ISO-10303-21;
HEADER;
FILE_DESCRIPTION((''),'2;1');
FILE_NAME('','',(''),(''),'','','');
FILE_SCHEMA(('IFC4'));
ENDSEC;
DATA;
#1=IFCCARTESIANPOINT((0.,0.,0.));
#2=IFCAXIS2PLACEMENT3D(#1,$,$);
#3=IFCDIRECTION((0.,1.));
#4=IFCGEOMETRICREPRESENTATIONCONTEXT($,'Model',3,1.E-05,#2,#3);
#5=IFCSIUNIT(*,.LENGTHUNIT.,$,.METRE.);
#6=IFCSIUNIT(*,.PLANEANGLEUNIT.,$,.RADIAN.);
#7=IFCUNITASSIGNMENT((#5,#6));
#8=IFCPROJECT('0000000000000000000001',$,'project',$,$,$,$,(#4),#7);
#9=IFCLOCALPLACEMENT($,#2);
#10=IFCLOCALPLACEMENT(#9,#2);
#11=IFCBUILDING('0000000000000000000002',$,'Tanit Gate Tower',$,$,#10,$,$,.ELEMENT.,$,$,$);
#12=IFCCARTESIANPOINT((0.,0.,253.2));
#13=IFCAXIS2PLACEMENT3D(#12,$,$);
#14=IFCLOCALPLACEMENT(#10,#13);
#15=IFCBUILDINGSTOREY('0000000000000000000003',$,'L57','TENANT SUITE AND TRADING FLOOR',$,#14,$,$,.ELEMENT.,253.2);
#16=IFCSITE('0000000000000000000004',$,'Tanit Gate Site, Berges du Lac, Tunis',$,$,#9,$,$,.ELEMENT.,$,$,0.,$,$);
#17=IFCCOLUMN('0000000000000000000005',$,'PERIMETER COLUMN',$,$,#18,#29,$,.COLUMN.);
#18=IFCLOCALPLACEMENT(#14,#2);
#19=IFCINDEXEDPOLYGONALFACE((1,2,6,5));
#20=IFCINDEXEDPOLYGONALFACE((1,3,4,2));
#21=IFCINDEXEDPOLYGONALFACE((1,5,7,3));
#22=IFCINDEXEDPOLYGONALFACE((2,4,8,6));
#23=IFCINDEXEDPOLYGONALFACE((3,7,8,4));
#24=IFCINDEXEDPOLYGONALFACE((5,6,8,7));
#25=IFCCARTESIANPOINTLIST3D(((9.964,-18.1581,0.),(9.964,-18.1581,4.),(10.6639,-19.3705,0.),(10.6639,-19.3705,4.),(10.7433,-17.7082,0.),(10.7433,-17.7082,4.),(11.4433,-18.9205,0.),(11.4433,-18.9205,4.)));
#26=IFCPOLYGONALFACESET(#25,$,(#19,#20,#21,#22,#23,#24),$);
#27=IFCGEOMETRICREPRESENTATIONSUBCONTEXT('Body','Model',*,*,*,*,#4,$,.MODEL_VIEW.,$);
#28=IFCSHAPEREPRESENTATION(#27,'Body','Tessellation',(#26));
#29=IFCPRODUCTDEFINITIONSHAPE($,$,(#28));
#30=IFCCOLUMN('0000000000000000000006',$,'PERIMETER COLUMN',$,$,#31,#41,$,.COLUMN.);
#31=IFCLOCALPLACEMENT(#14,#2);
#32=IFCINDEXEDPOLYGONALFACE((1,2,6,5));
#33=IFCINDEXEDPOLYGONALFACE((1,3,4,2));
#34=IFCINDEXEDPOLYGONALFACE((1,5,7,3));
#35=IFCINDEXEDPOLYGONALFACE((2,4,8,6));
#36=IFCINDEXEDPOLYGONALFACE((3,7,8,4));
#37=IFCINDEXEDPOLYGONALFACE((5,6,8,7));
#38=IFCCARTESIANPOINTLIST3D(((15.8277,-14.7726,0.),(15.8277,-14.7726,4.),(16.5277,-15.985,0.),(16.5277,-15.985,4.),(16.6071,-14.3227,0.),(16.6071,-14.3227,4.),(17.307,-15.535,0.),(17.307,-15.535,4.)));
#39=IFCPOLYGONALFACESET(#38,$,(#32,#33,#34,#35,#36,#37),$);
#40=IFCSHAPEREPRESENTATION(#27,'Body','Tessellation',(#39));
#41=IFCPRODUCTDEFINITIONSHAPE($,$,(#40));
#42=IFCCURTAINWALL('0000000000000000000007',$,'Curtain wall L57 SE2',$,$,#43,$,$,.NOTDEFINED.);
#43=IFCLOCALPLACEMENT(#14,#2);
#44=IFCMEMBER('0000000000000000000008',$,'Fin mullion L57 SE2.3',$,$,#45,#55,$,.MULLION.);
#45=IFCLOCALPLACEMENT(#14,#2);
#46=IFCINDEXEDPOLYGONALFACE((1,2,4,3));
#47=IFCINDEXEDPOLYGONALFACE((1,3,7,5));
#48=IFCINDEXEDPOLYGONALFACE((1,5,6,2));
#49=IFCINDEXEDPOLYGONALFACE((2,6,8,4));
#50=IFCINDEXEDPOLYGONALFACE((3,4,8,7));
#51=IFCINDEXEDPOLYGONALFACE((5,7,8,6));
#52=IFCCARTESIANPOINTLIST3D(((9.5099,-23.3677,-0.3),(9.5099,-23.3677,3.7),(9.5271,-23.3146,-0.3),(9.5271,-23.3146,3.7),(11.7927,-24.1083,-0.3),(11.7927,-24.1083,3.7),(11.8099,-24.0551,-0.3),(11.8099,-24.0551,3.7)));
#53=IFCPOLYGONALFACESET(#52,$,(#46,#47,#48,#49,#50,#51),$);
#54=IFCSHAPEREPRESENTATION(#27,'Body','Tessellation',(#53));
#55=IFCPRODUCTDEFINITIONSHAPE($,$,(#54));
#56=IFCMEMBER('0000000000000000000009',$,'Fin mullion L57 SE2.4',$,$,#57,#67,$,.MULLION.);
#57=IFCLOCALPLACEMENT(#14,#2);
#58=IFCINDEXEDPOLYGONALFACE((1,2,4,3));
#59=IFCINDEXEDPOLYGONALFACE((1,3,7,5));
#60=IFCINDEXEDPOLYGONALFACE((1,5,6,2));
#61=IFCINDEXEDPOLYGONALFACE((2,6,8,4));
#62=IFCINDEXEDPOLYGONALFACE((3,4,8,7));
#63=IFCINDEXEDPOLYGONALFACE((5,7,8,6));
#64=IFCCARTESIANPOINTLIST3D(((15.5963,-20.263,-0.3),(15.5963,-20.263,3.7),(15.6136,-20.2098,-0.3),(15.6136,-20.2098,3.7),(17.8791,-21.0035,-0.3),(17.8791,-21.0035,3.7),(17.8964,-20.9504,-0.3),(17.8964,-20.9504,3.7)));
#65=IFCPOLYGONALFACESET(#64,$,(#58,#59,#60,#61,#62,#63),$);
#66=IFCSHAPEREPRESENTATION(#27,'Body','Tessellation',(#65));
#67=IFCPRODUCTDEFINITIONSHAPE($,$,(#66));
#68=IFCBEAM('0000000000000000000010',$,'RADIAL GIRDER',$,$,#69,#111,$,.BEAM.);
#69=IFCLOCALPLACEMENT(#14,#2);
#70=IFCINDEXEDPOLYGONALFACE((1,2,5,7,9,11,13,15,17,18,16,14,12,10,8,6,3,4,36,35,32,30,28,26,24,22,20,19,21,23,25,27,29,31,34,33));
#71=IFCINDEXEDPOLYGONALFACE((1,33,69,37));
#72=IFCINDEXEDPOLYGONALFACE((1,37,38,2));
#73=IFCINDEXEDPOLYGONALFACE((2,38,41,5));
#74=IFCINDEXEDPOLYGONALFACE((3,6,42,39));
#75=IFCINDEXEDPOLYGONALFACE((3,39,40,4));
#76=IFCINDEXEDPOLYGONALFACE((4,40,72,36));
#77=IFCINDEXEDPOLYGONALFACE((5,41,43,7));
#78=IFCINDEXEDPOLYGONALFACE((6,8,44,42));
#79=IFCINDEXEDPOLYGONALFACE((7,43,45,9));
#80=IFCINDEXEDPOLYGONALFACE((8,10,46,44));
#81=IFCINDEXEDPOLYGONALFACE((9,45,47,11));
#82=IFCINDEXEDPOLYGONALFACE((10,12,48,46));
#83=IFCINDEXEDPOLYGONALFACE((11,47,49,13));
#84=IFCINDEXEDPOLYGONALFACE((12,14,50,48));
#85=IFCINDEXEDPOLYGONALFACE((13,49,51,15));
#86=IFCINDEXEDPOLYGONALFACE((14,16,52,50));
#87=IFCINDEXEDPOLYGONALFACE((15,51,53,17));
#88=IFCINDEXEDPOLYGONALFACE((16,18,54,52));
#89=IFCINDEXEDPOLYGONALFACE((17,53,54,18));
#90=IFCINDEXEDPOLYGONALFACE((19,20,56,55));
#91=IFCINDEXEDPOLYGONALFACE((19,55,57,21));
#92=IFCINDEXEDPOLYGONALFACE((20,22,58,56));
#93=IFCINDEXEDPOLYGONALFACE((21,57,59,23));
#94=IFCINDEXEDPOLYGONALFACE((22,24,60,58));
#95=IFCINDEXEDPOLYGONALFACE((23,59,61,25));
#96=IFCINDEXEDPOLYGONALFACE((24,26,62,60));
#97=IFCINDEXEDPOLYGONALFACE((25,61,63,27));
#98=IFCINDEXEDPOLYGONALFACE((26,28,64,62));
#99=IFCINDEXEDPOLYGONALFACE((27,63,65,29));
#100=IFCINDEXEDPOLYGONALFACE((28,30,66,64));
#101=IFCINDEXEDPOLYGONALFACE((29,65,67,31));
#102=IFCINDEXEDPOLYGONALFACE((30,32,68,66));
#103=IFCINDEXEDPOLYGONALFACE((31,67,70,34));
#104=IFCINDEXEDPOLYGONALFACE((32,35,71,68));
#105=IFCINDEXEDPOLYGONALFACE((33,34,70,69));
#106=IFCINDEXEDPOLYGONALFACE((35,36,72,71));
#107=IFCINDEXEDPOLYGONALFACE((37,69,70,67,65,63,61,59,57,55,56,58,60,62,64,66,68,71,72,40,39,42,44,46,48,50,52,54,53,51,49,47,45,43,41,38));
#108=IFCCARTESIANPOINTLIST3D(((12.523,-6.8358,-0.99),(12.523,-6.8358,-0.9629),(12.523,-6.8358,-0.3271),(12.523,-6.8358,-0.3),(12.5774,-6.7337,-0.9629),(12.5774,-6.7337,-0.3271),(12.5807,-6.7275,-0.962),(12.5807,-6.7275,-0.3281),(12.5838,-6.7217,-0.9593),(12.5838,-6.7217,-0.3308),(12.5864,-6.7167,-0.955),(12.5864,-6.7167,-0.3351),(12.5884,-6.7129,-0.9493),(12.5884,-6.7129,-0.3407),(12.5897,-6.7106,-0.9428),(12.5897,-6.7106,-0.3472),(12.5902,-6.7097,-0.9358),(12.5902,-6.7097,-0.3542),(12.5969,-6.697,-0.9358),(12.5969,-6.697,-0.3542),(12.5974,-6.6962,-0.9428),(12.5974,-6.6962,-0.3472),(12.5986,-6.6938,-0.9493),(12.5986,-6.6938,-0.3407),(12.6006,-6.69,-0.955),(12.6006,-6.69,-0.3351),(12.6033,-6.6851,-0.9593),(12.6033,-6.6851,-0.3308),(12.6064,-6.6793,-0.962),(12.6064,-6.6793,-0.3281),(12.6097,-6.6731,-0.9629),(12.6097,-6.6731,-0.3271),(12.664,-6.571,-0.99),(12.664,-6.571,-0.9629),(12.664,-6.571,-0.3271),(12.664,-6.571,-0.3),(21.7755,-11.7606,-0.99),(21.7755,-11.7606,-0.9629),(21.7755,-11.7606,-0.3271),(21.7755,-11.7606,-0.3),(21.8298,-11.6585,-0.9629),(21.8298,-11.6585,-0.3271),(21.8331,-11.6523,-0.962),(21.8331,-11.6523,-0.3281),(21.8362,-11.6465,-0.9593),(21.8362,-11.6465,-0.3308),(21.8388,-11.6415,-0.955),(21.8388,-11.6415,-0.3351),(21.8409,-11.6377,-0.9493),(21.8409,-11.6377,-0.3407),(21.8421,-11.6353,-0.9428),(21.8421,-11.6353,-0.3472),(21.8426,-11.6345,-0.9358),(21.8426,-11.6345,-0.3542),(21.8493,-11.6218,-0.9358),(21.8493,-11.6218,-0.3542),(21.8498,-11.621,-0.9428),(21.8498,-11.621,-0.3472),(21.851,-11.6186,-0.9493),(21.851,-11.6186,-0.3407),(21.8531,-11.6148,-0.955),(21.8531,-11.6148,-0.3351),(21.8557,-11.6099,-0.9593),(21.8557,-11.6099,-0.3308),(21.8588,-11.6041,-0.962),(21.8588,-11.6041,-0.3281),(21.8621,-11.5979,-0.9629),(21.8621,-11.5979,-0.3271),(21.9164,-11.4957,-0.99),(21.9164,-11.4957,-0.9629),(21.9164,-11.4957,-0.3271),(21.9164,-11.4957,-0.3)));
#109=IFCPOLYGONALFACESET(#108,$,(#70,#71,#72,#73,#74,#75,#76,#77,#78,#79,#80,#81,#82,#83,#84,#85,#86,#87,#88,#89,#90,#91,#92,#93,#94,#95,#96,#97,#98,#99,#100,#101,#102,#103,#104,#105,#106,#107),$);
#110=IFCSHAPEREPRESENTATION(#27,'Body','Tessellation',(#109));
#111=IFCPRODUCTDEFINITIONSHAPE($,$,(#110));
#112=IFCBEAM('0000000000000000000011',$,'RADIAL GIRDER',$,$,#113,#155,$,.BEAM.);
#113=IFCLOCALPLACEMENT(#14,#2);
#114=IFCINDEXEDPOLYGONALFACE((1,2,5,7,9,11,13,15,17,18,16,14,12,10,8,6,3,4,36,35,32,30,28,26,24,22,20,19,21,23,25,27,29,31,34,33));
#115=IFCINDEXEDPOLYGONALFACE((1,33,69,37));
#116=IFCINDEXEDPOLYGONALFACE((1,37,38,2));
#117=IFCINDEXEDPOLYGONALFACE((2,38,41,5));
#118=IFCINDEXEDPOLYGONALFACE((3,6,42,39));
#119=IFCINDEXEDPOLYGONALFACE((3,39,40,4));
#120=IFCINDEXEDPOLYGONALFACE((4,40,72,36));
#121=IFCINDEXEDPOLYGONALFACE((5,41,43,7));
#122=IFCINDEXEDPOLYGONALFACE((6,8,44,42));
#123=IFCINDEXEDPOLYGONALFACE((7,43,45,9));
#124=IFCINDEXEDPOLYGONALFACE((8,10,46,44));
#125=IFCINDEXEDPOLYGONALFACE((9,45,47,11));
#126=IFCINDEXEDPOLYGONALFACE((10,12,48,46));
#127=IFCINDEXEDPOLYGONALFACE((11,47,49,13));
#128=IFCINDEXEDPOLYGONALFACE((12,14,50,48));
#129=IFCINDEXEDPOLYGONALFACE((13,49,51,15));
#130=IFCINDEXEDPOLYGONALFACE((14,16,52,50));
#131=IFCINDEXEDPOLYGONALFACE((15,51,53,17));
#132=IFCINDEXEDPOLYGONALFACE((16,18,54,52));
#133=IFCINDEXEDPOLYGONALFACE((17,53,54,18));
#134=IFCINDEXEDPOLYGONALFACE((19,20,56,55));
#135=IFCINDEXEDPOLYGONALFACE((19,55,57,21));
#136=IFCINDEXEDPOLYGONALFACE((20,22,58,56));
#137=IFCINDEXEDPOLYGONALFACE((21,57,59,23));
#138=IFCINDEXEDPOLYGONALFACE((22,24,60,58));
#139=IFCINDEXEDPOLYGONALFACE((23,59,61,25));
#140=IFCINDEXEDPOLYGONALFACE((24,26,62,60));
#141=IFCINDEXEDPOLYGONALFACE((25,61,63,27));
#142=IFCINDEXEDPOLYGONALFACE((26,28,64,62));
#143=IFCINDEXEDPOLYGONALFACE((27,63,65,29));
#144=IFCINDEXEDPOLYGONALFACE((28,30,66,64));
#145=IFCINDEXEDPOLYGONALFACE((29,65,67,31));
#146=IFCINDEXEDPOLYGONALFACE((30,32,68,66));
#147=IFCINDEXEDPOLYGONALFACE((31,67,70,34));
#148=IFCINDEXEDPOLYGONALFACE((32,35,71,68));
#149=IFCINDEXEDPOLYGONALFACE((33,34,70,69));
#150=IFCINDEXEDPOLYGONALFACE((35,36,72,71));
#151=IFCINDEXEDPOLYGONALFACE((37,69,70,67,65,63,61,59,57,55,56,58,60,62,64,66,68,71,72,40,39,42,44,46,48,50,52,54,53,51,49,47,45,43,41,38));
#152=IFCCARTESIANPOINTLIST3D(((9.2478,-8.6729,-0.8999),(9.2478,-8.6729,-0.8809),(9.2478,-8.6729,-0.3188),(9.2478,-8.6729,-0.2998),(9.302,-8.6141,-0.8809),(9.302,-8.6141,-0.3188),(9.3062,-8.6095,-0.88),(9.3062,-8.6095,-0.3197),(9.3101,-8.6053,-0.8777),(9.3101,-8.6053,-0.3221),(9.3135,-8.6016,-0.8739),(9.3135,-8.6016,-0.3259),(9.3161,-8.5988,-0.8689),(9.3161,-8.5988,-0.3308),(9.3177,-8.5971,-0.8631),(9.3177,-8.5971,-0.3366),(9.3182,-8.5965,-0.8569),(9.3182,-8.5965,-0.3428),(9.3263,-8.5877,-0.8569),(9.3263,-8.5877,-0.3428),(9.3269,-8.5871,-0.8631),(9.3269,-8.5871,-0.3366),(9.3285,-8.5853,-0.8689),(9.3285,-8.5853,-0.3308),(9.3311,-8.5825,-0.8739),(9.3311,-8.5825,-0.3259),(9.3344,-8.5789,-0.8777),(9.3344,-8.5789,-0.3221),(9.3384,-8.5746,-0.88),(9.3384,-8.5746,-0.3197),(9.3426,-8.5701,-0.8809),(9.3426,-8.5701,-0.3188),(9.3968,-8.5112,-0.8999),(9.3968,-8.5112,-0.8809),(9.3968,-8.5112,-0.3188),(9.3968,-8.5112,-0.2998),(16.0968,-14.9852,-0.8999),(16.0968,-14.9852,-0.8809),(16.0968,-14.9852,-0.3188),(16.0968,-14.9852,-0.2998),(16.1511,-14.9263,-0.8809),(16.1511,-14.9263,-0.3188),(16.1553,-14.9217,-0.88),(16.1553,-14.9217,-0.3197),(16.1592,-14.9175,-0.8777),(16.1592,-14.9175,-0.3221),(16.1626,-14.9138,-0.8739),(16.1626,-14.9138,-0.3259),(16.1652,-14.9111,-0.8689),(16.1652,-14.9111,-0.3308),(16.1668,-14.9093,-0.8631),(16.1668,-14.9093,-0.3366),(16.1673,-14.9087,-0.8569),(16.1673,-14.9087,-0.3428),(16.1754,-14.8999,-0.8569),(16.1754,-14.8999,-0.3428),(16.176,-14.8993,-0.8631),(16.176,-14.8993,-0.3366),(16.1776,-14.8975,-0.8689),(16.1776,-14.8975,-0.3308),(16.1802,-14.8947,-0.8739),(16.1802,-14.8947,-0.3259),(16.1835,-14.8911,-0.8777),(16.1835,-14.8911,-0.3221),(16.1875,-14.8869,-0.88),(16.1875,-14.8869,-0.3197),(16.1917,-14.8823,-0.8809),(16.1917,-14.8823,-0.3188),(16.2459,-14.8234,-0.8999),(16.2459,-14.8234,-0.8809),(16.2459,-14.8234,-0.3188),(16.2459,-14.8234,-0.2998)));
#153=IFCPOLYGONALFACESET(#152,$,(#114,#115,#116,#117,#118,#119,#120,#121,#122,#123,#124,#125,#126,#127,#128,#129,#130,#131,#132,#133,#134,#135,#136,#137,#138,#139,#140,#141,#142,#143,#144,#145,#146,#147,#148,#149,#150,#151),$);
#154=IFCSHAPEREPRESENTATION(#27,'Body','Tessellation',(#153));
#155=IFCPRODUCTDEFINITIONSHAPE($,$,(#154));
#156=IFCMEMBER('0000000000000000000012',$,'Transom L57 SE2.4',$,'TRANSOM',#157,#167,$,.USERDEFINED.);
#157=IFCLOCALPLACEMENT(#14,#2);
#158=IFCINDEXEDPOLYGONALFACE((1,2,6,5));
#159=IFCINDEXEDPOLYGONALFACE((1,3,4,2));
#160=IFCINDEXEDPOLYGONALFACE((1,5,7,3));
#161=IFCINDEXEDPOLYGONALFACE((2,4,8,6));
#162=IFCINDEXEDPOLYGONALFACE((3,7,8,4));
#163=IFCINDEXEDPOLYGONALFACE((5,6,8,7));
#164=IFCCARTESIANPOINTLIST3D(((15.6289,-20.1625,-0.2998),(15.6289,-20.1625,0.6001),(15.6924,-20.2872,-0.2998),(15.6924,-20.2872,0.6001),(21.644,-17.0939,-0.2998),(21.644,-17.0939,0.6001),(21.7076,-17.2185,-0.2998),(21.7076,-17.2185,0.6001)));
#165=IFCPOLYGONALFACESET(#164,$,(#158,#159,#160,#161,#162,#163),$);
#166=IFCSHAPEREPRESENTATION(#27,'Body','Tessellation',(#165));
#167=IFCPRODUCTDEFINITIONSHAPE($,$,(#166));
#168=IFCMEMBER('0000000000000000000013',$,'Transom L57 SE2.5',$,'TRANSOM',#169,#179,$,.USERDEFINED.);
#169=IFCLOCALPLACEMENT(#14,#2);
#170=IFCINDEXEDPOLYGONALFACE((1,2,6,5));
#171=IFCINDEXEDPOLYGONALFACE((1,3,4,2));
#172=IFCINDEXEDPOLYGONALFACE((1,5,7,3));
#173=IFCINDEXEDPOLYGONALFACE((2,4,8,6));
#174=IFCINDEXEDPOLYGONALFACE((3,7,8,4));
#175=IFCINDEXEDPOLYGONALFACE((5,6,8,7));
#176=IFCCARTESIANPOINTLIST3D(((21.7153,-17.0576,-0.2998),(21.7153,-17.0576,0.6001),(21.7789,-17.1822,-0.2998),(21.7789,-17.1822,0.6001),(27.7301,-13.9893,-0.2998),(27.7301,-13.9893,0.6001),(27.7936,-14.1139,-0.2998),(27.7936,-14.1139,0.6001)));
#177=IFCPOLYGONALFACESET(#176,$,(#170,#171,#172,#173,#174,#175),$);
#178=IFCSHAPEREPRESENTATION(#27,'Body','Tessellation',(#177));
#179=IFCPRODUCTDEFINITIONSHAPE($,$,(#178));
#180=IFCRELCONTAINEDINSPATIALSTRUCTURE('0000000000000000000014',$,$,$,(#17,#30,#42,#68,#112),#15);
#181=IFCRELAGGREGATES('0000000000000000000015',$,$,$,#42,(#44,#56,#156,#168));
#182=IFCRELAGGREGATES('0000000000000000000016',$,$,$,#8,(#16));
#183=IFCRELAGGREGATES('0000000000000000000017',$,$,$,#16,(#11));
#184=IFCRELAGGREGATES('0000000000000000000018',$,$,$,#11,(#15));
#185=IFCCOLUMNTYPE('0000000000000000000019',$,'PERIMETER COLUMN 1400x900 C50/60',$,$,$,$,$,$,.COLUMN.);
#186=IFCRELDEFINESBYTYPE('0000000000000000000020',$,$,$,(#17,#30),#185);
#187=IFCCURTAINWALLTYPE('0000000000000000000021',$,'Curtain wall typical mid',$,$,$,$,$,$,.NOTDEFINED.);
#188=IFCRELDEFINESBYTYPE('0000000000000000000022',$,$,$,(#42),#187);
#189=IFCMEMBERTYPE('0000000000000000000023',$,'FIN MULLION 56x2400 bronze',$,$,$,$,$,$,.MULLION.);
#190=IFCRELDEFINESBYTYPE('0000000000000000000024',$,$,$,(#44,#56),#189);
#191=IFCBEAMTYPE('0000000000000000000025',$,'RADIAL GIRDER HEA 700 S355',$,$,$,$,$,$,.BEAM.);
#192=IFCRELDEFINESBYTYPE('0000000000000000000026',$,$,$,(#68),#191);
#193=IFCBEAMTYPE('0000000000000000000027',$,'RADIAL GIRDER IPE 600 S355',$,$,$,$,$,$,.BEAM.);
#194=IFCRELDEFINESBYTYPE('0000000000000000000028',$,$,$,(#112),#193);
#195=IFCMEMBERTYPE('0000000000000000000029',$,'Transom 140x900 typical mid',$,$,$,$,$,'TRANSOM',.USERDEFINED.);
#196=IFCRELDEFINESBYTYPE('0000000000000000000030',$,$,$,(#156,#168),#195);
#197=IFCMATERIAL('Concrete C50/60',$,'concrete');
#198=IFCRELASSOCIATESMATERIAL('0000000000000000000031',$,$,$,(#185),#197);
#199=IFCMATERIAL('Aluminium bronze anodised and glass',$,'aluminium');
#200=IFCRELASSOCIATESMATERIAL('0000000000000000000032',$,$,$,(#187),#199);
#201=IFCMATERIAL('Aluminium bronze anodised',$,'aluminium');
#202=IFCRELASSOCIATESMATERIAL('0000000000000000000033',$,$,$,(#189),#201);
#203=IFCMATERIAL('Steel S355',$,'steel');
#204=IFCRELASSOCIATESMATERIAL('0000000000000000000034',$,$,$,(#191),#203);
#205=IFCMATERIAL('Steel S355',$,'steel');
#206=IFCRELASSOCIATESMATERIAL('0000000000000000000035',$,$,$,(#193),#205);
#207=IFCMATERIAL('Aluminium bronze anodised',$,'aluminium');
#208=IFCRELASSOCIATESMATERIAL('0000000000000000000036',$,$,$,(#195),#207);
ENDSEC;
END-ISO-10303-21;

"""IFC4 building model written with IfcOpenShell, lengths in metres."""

from ifc_helpers import new_model, si_unit, direction, frame, origin, origin_2d, place, context, subcontext, project, spatial, rectangle, i_section, extrude, material, material_profile, profile_set, type_object, element, aggregate, save


model = new_model("IFC4")

# Units and contexts
model_context = context("Model", 3, precision=1e-05, world=origin(), true_north=direction((0.0, 1.0)))
body_context = subcontext(model_context, "Body", "Model", "MODEL_VIEW")
ifc_project = project(units=[si_unit("LENGTHUNIT", "METRE"), si_unit("PLANEANGLEUNIT", "RADIAN")], contexts=[model_context])

# Site, building, storey
site_placement = place(None, origin())
site = spatial("IfcSite", under=ifc_project, at=site_placement, Name="Tanit Gate Site, Berges du Lac, Tunis", CompositionType="ELEMENT", RefElevation=0.0)
building_placement = place(site_placement, origin())
building = spatial("IfcBuilding", under=site, at=building_placement, Name="Tanit Gate Tower", CompositionType="ELEMENT")
storey_placement = place(building_placement, frame((0.0, 0.0, 253.2)))
storey = spatial("IfcBuildingStorey", under=building, at=storey_placement, Name="L57", Description="TENANT SUITE AND TRADING FLOOR", CompositionType="ELEMENT", Elevation=253.2)

# Columns
ifc_material_1 = material(Name="Concrete C50/60", Category="concrete")
ifc_material_profile_1 = material_profile(ifc_material_1, rectangle(XDim=1.3999, YDim=0.8999, at=origin_2d()), Name="RC 1400x900")
ifc_profile_set_1 = profile_set([ifc_material_profile_1], Name="Concrete C50/60")
column_type = type_object("IfcColumnType", Name="PERIMETER COLUMN 1400x900 C50/60", PredefinedType="COLUMN", material=ifc_profile_set_1)
for number, where, z_axis, x_axis, name in (
    (1, (10.7036, -18.5393, 0.0), (0.0, 0.0, 1.0), (0.5, -0.866025, 0.0), "PERIMETER COLUMN"),
    (2, (16.5674, -15.1538, 0.0), (0.0, 0.0, 1.0), (0.5, -0.866025, 0.0), "PERIMETER COLUMN"),
):
    element("IfcColumn", number, at=place(storey_placement, frame(where, z_axis=z_axis, x_axis=x_axis)), inside=storey, type_object=column_type, Name=name, PredefinedType="COLUMN", context=body_context, shape_type="SweptSolid", body=[
        extrude(rectangle(XDim=1.3999, YDim=0.8999, at=origin_2d()), origin(), (0.0, 0.0, 1.0), 4.0),
    ])

# Curtain wall, members
ifc_material_2 = material(Name="Aluminium bronze anodised and glass", Category="aluminium")
curtain_wall_type = type_object("IfcCurtainWallType", Name="Curtain wall typical mid", PredefinedType="NOTDEFINED", material=ifc_material_2)
curtain_wall_placement = place(storey_placement, origin())
curtain_wall = element("IfcCurtainWall", 3, at=curtain_wall_placement, inside=storey, type_object=curtain_wall_type, Name="Curtain wall L57 SE2", PredefinedType="NOTDEFINED")
ifc_material_3 = material(Name="Aluminium bronze anodised", Category="aluminium")
ifc_material_profile_2 = material_profile(ifc_material_3, rectangle(XDim=2.3999, YDim=0.0559, at=origin_2d()), Name="56x2400 bronze fin mullion")
ifc_profile_set_2 = profile_set([ifc_material_profile_2], Name="Aluminium bronze anodised")
member_type_1 = type_object("IfcMemberType", Name="FIN MULLION 56x2400 bronze", PredefinedType="MULLION", material=ifc_profile_set_2)
member_1_placement = place(storey_placement, frame((10.6599, -23.7114, -0.3), z_axis=(0.0, 0.0, 1.0), x_axis=(-0.951202, 0.308568, 0.0)))
member_1 = element("IfcMember", 4, at=member_1_placement, type_object=member_type_1, Name="Fin mullion L57 SE2.3", PredefinedType="MULLION", context=body_context, shape_type="SweptSolid", body=[
    extrude(rectangle(XDim=2.3999, YDim=0.0559, at=origin_2d()), origin(), (0.0, 0.0, 1.0), 4.0),
])
member_2_placement = place(storey_placement, frame((16.7463, -20.6067, -0.3), z_axis=(0.0, 0.0, 1.0), x_axis=(-0.951202, 0.308568, 0.0)))
member_2 = element("IfcMember", 5, at=member_2_placement, type_object=member_type_1, Name="Fin mullion L57 SE2.4", PredefinedType="MULLION", context=body_context, shape_type="SweptSolid", body=[
    extrude(rectangle(XDim=2.3999, YDim=0.0559, at=origin_2d()), origin(), (0.0, 0.0, 1.0), 4.0),
])

# Beams
ifc_material_4 = material(Name="Steel S355", Category="steel")
ifc_material_profile_3 = material_profile(ifc_material_4, i_section(OverallWidth=0.3, OverallDepth=0.6899, WebThickness=0.0144, FlangeThickness=0.0271, FilletRadius=0.0271, at=origin_2d()), Name="HEA 700")
ifc_profile_set_3 = profile_set([ifc_material_profile_3], Name="Steel S355")
beam_type_1 = type_object("IfcBeamType", Name="RADIAL GIRDER HEA 700 S355", PredefinedType="BEAM", material=ifc_profile_set_3)
beam_1_placement = place(storey_placement, frame((21.8459, -11.6282, -0.645), z_axis=(-0.882742, 0.469858, 0.0), x_axis=(-0.469858, -0.882742, 0.0)))
element("IfcBeam", 6, at=beam_1_placement, inside=storey, type_object=beam_type_1, Name="RADIAL GIRDER", PredefinedType="BEAM", context=body_context, shape_type="SweptSolid", body=[
    extrude(i_section(OverallWidth=0.3, OverallDepth=0.6899, WebThickness=0.0144, FlangeThickness=0.0271, FilletRadius=0.0271, at=origin_2d()), origin(), (0.0, 0.0, 1.0), 10.4814),
])
ifc_material_5 = material(Name="Steel S355", Category="steel")
ifc_material_profile_4 = material_profile(ifc_material_5, i_section(OverallWidth=0.22, OverallDepth=0.6001, WebThickness=0.012, FlangeThickness=0.019, FilletRadius=0.0239, at=origin_2d()), Name="IPE 600")
ifc_profile_set_4 = profile_set([ifc_material_profile_4], Name="Steel S355")
beam_type_2 = type_object("IfcBeamType", Name="RADIAL GIRDER IPE 600 S355", PredefinedType="BEAM", material=ifc_profile_set_4)
beam_2_placement = place(storey_placement, frame((16.1714, -14.9043, -0.5999), z_axis=(-0.735339, 0.6777, 0.0), x_axis=(-0.6777, -0.735339, 0.0)))
element("IfcBeam", 7, at=beam_2_placement, inside=storey, type_object=beam_type_2, Name="RADIAL GIRDER", PredefinedType="BEAM", context=body_context, shape_type="SweptSolid", body=[
    extrude(i_section(OverallWidth=0.22, OverallDepth=0.6001, WebThickness=0.012, FlangeThickness=0.019, FilletRadius=0.0239, at=origin_2d()), origin(), (0.0, 0.0, 1.0), 9.3142),
])

# Members
ifc_material_6 = material(Name="Aluminium bronze anodised", Category="aluminium")
ifc_material_profile_5 = material_profile(ifc_material_6, rectangle(XDim=0.1399, YDim=0.8999, at=origin_2d()), Name="140x900 bronze transom")
ifc_profile_set_5 = profile_set([ifc_material_profile_5], Name="Aluminium bronze anodised")
member_type_2 = type_object("IfcMemberType", Name="Transom 140x900 typical mid", ElementType="TRANSOM", PredefinedType="USERDEFINED", material=ifc_profile_set_5)
member_3_placement = place(storey_placement, frame((15.6606, -20.2249, 0.1501), z_axis=(0.890782, 0.45443, 0.0), x_axis=(-0.45443, 0.890782, 0.0)))
member_3 = element("IfcMember", 8, at=member_3_placement, type_object=member_type_2, Name="Transom L57 SE2.4", ObjectType="TRANSOM", PredefinedType="USERDEFINED", context=body_context, shape_type="SweptSolid", body=[
    extrude(rectangle(XDim=0.1399, YDim=0.8999, at=origin_2d()), origin(), (0.0, 0.0, 1.0), 6.7527),
])
member_4_placement = place(storey_placement, frame((21.7471, -17.1199, 0.1501), z_axis=(0.89079, 0.454416, 0.0), x_axis=(-0.454416, 0.89079, 0.0)))
member_4 = element("IfcMember", 9, at=member_4_placement, type_object=member_type_2, Name="Transom L57 SE2.5", ObjectType="TRANSOM", PredefinedType="USERDEFINED", context=body_context, shape_type="SweptSolid", body=[
    extrude(rectangle(XDim=0.1399, YDim=0.8999, at=origin_2d()), origin(), (0.0, 0.0, 1.0), 6.7522),
])

aggregate(curtain_wall, [member_1, member_2, member_3, member_4])

save(model, "model.ifc")
